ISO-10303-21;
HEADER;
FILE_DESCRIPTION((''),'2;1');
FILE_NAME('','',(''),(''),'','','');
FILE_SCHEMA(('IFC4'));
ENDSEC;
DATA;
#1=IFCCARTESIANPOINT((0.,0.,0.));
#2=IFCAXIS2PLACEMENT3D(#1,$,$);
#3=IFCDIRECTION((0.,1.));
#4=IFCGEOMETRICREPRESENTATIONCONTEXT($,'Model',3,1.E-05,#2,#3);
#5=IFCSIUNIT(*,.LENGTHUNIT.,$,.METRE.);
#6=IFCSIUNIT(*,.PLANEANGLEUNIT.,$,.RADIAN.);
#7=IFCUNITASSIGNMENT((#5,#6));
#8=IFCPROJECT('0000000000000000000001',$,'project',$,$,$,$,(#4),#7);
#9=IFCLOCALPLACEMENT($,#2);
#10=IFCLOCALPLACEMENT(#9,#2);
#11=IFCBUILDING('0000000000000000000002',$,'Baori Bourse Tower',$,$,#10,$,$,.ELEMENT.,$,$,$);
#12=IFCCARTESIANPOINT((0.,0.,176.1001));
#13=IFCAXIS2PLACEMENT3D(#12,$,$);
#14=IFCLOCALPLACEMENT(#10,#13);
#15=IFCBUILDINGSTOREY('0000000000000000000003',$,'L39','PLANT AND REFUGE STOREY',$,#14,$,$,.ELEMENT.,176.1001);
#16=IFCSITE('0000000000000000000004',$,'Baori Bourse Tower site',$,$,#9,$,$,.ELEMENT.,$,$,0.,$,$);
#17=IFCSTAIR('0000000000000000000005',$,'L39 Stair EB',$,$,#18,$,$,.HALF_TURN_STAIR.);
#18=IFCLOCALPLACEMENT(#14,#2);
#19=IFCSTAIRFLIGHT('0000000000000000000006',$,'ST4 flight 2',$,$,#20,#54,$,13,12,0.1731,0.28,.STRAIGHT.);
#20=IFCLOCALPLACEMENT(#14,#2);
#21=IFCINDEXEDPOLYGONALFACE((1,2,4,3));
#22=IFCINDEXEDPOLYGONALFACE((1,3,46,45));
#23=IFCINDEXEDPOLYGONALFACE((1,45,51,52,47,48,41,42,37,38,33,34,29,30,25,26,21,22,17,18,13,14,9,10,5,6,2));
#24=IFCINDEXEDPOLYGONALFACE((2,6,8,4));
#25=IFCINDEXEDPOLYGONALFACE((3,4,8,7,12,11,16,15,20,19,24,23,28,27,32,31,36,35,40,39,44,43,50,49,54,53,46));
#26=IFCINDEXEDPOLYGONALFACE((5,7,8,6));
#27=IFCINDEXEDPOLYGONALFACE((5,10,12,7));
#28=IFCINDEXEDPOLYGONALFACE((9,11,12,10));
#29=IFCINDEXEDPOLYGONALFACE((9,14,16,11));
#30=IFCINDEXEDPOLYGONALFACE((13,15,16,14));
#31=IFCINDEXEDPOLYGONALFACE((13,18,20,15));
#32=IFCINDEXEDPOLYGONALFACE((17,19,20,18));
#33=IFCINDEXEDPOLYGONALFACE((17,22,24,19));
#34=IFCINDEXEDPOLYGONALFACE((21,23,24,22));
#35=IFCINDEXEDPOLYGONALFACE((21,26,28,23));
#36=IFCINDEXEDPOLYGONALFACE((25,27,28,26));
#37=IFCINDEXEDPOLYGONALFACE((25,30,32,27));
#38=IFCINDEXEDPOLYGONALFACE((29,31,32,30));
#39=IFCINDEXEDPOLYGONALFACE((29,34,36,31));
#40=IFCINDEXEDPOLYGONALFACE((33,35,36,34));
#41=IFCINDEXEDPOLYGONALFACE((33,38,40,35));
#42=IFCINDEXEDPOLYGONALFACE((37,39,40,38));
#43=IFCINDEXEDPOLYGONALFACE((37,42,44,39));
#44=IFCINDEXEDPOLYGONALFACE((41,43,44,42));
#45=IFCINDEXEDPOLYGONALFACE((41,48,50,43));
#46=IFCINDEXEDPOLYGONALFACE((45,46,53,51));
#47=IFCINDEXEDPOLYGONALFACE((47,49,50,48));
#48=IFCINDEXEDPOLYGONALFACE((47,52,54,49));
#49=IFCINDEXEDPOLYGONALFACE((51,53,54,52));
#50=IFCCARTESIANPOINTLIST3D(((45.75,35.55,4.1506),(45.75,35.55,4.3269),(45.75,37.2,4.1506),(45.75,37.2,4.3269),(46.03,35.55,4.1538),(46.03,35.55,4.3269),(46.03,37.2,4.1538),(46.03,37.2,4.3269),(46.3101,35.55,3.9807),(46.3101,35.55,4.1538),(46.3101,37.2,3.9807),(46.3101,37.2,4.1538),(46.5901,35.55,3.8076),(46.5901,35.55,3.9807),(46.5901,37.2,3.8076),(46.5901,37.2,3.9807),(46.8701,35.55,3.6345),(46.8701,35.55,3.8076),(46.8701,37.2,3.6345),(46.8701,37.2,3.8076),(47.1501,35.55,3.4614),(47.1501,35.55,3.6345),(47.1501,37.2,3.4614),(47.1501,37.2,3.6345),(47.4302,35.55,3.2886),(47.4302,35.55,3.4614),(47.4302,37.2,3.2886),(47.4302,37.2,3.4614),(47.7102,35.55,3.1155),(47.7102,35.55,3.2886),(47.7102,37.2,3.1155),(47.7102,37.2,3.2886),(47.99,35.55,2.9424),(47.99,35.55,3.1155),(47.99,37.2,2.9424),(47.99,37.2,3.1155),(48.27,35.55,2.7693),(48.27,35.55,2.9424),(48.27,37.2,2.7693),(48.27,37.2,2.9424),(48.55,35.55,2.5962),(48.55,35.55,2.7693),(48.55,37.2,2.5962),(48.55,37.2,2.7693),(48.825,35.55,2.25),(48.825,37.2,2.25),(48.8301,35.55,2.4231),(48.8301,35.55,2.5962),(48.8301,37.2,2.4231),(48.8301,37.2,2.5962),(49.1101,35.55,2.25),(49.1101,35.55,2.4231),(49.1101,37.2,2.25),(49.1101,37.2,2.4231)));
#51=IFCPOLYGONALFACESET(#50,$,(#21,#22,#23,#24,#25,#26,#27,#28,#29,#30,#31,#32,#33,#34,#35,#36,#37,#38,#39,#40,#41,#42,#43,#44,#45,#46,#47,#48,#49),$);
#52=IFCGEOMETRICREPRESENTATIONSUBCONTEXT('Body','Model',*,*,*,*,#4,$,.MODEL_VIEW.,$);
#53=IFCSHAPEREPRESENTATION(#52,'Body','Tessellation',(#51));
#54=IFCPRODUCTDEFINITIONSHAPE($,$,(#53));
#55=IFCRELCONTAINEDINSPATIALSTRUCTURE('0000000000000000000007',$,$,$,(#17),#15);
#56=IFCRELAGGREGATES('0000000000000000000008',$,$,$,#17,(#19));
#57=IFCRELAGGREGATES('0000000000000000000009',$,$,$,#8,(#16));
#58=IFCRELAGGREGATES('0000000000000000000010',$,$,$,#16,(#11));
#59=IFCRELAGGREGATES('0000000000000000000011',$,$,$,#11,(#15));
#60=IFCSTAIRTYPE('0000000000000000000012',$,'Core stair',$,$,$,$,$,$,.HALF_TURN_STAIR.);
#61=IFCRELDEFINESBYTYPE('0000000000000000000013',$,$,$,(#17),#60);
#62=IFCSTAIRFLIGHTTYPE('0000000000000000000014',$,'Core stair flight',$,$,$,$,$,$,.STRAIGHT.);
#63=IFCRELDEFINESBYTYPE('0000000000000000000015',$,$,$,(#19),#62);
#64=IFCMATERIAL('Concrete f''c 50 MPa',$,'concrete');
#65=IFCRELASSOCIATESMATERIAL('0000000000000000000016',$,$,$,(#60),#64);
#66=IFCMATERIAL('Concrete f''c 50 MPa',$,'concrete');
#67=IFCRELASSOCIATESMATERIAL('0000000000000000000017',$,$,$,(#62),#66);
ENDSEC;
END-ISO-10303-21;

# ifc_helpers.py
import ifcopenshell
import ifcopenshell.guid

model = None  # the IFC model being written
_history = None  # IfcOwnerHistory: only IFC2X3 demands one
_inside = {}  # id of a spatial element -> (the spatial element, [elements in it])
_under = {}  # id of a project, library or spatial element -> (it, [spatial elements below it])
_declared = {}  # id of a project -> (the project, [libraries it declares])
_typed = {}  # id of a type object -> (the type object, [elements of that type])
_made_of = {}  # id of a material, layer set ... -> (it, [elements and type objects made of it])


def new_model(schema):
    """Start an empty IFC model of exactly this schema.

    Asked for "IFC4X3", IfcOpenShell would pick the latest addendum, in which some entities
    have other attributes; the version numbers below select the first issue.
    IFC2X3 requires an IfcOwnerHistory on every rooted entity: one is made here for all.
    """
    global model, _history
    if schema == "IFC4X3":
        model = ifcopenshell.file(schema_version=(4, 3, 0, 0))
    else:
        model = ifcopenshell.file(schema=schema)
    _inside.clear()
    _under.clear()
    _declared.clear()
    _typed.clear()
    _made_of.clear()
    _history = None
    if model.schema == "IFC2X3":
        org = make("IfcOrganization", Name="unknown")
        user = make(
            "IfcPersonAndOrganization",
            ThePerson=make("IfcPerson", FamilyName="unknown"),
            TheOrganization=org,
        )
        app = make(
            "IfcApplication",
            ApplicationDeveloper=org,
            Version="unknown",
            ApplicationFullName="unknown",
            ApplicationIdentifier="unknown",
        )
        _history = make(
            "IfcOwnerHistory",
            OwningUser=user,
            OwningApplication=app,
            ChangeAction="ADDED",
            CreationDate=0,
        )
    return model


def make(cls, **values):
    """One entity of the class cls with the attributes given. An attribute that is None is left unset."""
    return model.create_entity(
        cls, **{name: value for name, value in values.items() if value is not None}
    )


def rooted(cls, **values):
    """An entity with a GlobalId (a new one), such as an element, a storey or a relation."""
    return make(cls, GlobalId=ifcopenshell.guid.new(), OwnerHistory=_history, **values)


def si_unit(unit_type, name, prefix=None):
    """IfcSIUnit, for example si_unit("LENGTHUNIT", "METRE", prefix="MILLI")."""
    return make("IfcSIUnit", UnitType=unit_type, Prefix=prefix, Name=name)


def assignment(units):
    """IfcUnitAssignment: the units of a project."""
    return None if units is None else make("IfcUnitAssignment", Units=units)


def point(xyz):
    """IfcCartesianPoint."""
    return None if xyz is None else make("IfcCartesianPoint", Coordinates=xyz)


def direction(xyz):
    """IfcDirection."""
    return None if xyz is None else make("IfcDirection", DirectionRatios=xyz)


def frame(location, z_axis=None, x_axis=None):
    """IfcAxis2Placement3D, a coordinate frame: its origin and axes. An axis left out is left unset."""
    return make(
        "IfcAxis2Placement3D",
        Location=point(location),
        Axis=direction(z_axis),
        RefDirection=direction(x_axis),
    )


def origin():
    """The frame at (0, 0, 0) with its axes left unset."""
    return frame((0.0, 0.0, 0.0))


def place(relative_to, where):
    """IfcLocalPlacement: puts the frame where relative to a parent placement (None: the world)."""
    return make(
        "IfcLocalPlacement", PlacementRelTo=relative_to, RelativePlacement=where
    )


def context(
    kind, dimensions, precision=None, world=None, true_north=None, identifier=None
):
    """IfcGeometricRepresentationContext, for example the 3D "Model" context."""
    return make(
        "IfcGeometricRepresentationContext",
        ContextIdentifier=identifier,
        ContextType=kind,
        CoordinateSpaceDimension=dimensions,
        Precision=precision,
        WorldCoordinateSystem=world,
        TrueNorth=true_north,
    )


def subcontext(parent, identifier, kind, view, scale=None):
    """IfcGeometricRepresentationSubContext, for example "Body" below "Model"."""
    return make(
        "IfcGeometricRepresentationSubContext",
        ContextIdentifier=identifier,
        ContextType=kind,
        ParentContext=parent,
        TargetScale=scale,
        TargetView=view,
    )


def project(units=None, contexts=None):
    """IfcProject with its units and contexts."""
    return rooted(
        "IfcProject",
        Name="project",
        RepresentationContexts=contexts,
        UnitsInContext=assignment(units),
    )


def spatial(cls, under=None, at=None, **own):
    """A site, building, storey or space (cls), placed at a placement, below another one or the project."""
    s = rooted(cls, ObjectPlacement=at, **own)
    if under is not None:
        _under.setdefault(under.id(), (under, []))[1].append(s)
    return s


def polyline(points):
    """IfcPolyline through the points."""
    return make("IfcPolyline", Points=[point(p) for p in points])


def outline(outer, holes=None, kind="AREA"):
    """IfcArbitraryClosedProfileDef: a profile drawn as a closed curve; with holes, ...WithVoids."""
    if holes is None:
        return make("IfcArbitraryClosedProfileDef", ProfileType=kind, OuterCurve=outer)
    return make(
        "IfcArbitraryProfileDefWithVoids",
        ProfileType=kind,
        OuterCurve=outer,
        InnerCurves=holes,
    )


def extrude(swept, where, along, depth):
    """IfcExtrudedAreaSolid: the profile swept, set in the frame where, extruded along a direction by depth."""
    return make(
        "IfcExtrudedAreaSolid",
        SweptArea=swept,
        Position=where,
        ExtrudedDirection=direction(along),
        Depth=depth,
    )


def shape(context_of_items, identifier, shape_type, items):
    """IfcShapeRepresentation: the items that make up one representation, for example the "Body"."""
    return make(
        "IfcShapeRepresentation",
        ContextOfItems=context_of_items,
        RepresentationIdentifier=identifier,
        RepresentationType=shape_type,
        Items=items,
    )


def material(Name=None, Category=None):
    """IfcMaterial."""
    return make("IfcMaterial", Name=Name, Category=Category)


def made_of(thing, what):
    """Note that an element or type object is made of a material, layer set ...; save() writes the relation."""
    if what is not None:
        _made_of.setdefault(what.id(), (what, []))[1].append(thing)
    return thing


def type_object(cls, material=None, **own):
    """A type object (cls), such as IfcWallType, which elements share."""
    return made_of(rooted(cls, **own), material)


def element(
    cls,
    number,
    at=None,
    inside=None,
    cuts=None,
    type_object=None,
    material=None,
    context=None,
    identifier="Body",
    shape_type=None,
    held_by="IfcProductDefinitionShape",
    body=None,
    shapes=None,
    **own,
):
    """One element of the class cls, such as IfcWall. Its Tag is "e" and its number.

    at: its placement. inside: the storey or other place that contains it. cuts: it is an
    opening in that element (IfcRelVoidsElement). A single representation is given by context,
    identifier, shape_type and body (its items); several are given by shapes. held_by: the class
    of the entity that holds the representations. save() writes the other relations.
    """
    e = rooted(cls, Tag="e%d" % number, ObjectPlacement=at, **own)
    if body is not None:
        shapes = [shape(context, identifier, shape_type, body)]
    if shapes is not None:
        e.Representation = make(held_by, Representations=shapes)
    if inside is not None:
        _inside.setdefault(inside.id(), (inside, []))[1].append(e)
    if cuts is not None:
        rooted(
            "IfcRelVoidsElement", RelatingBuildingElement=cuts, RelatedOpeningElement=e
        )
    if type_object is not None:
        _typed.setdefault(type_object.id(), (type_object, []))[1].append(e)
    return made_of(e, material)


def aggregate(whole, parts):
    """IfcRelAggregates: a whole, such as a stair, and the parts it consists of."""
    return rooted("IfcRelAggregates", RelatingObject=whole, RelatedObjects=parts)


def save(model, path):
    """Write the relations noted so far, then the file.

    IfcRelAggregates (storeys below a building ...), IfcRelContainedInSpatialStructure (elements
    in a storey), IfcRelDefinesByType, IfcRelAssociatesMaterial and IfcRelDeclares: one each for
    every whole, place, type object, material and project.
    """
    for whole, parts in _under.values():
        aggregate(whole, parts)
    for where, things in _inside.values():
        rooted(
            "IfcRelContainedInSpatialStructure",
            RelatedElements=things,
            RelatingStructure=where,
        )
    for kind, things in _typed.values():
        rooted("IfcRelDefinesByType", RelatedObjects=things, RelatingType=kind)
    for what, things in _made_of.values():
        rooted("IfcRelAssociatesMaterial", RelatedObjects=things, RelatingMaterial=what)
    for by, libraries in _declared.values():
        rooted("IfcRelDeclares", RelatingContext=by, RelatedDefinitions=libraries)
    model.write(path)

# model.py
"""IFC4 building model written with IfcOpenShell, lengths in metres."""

from ifc_helpers import new_model, si_unit, direction, frame, origin, place, context, subcontext, project, spatial, polyline, outline, extrude, material, type_object, element, aggregate, save


model = new_model("IFC4")

# Units and contexts
model_context = context("Model", 3, precision=1e-05, world=origin(), true_north=direction((0.0, 1.0)))
body_context = subcontext(model_context, "Body", "Model", "MODEL_VIEW")
ifc_project = project(units=[si_unit("LENGTHUNIT", "METRE"), si_unit("PLANEANGLEUNIT", "RADIAN")], contexts=[model_context])

# Site, building, storey
site_placement = place(None, origin())
site = spatial("IfcSite", under=ifc_project, at=site_placement, Name="Baori Bourse Tower site", CompositionType="ELEMENT", RefElevation=0.0)
building_placement = place(site_placement, origin())
building = spatial("IfcBuilding", under=site, at=building_placement, Name="Baori Bourse Tower", CompositionType="ELEMENT")
storey_placement = place(building_placement, frame((0.0, 0.0, 176.1001)))
storey = spatial("IfcBuildingStorey", under=building, at=storey_placement, Name="L39", Description="PLANT AND REFUGE STOREY", CompositionType="ELEMENT", Elevation=176.1001)

# Stair, stair flight
ifc_material_1 = material(Name="Concrete f'c 50 MPa", Category="concrete")
stair_type = type_object("IfcStairType", Name="Core stair", PredefinedType="HALF_TURN_STAIR", material=ifc_material_1)
stair_placement = place(storey_placement, origin())
stair = element("IfcStair", 1, at=stair_placement, inside=storey, type_object=stair_type, Name="L39 Stair EB", PredefinedType="HALF_TURN_STAIR")
ifc_material_2 = material(Name="Concrete f'c 50 MPa", Category="concrete")
stair_flight_type = type_object("IfcStairFlightType", Name="Core stair flight", PredefinedType="STRAIGHT", material=ifc_material_2)
stair_flight_1_placement = place(storey_placement, frame((49.1101, 36.375, 2.25), z_axis=(0.0, 0.0, 1.0), x_axis=(-1.0, 0.0, 0.0)))
stair_flight_1 = element("IfcStairFlight", 2, at=stair_flight_1_placement, type_object=stair_flight_type, Name="ST4 flight 2", NumberOfRisers=13, NumberOfTreads=12, PredefinedType="STRAIGHT", RiserHeight=0.1731, TreadLength=0.28, context=body_context, shape_type="SweptSolid", body=[
    extrude(outline(polyline([(0.0, 0.0), (0.0, 0.1731), (0.28, 0.1731), (0.28, 0.3462), (0.5601, 0.3462), (0.5601, 0.5193), (0.8401, 0.5193), (0.8401, 0.6924), (1.1201, 0.6924), (1.1201, 0.8655), (1.3999, 0.8655), (1.3999, 1.0386), (1.6799, 1.0386), (1.6799, 1.2114), (1.96, 1.2114), (1.96, 1.3845), (2.24, 1.3845), (2.24, 1.5576), (2.52, 1.5576), (2.52, 1.7307), (2.8, 1.7307), (2.8, 1.9038), (3.0801, 1.9038), (3.0801, 2.0769), (3.3601, 2.0769), (3.3601, 2.25), (3.3601, 1.9006), (0.2852, 0.0), (0.0, 0.0)])), frame((0.0, 0.825, 0.0), z_axis=(0.0, -1.0, 0.0), x_axis=(1.0, 0.0, 0.0)), (0.0, 0.0, 1.0), 1.6499),
])
aggregate(stair, [stair_flight_1])

save(model, "model.ifc")
